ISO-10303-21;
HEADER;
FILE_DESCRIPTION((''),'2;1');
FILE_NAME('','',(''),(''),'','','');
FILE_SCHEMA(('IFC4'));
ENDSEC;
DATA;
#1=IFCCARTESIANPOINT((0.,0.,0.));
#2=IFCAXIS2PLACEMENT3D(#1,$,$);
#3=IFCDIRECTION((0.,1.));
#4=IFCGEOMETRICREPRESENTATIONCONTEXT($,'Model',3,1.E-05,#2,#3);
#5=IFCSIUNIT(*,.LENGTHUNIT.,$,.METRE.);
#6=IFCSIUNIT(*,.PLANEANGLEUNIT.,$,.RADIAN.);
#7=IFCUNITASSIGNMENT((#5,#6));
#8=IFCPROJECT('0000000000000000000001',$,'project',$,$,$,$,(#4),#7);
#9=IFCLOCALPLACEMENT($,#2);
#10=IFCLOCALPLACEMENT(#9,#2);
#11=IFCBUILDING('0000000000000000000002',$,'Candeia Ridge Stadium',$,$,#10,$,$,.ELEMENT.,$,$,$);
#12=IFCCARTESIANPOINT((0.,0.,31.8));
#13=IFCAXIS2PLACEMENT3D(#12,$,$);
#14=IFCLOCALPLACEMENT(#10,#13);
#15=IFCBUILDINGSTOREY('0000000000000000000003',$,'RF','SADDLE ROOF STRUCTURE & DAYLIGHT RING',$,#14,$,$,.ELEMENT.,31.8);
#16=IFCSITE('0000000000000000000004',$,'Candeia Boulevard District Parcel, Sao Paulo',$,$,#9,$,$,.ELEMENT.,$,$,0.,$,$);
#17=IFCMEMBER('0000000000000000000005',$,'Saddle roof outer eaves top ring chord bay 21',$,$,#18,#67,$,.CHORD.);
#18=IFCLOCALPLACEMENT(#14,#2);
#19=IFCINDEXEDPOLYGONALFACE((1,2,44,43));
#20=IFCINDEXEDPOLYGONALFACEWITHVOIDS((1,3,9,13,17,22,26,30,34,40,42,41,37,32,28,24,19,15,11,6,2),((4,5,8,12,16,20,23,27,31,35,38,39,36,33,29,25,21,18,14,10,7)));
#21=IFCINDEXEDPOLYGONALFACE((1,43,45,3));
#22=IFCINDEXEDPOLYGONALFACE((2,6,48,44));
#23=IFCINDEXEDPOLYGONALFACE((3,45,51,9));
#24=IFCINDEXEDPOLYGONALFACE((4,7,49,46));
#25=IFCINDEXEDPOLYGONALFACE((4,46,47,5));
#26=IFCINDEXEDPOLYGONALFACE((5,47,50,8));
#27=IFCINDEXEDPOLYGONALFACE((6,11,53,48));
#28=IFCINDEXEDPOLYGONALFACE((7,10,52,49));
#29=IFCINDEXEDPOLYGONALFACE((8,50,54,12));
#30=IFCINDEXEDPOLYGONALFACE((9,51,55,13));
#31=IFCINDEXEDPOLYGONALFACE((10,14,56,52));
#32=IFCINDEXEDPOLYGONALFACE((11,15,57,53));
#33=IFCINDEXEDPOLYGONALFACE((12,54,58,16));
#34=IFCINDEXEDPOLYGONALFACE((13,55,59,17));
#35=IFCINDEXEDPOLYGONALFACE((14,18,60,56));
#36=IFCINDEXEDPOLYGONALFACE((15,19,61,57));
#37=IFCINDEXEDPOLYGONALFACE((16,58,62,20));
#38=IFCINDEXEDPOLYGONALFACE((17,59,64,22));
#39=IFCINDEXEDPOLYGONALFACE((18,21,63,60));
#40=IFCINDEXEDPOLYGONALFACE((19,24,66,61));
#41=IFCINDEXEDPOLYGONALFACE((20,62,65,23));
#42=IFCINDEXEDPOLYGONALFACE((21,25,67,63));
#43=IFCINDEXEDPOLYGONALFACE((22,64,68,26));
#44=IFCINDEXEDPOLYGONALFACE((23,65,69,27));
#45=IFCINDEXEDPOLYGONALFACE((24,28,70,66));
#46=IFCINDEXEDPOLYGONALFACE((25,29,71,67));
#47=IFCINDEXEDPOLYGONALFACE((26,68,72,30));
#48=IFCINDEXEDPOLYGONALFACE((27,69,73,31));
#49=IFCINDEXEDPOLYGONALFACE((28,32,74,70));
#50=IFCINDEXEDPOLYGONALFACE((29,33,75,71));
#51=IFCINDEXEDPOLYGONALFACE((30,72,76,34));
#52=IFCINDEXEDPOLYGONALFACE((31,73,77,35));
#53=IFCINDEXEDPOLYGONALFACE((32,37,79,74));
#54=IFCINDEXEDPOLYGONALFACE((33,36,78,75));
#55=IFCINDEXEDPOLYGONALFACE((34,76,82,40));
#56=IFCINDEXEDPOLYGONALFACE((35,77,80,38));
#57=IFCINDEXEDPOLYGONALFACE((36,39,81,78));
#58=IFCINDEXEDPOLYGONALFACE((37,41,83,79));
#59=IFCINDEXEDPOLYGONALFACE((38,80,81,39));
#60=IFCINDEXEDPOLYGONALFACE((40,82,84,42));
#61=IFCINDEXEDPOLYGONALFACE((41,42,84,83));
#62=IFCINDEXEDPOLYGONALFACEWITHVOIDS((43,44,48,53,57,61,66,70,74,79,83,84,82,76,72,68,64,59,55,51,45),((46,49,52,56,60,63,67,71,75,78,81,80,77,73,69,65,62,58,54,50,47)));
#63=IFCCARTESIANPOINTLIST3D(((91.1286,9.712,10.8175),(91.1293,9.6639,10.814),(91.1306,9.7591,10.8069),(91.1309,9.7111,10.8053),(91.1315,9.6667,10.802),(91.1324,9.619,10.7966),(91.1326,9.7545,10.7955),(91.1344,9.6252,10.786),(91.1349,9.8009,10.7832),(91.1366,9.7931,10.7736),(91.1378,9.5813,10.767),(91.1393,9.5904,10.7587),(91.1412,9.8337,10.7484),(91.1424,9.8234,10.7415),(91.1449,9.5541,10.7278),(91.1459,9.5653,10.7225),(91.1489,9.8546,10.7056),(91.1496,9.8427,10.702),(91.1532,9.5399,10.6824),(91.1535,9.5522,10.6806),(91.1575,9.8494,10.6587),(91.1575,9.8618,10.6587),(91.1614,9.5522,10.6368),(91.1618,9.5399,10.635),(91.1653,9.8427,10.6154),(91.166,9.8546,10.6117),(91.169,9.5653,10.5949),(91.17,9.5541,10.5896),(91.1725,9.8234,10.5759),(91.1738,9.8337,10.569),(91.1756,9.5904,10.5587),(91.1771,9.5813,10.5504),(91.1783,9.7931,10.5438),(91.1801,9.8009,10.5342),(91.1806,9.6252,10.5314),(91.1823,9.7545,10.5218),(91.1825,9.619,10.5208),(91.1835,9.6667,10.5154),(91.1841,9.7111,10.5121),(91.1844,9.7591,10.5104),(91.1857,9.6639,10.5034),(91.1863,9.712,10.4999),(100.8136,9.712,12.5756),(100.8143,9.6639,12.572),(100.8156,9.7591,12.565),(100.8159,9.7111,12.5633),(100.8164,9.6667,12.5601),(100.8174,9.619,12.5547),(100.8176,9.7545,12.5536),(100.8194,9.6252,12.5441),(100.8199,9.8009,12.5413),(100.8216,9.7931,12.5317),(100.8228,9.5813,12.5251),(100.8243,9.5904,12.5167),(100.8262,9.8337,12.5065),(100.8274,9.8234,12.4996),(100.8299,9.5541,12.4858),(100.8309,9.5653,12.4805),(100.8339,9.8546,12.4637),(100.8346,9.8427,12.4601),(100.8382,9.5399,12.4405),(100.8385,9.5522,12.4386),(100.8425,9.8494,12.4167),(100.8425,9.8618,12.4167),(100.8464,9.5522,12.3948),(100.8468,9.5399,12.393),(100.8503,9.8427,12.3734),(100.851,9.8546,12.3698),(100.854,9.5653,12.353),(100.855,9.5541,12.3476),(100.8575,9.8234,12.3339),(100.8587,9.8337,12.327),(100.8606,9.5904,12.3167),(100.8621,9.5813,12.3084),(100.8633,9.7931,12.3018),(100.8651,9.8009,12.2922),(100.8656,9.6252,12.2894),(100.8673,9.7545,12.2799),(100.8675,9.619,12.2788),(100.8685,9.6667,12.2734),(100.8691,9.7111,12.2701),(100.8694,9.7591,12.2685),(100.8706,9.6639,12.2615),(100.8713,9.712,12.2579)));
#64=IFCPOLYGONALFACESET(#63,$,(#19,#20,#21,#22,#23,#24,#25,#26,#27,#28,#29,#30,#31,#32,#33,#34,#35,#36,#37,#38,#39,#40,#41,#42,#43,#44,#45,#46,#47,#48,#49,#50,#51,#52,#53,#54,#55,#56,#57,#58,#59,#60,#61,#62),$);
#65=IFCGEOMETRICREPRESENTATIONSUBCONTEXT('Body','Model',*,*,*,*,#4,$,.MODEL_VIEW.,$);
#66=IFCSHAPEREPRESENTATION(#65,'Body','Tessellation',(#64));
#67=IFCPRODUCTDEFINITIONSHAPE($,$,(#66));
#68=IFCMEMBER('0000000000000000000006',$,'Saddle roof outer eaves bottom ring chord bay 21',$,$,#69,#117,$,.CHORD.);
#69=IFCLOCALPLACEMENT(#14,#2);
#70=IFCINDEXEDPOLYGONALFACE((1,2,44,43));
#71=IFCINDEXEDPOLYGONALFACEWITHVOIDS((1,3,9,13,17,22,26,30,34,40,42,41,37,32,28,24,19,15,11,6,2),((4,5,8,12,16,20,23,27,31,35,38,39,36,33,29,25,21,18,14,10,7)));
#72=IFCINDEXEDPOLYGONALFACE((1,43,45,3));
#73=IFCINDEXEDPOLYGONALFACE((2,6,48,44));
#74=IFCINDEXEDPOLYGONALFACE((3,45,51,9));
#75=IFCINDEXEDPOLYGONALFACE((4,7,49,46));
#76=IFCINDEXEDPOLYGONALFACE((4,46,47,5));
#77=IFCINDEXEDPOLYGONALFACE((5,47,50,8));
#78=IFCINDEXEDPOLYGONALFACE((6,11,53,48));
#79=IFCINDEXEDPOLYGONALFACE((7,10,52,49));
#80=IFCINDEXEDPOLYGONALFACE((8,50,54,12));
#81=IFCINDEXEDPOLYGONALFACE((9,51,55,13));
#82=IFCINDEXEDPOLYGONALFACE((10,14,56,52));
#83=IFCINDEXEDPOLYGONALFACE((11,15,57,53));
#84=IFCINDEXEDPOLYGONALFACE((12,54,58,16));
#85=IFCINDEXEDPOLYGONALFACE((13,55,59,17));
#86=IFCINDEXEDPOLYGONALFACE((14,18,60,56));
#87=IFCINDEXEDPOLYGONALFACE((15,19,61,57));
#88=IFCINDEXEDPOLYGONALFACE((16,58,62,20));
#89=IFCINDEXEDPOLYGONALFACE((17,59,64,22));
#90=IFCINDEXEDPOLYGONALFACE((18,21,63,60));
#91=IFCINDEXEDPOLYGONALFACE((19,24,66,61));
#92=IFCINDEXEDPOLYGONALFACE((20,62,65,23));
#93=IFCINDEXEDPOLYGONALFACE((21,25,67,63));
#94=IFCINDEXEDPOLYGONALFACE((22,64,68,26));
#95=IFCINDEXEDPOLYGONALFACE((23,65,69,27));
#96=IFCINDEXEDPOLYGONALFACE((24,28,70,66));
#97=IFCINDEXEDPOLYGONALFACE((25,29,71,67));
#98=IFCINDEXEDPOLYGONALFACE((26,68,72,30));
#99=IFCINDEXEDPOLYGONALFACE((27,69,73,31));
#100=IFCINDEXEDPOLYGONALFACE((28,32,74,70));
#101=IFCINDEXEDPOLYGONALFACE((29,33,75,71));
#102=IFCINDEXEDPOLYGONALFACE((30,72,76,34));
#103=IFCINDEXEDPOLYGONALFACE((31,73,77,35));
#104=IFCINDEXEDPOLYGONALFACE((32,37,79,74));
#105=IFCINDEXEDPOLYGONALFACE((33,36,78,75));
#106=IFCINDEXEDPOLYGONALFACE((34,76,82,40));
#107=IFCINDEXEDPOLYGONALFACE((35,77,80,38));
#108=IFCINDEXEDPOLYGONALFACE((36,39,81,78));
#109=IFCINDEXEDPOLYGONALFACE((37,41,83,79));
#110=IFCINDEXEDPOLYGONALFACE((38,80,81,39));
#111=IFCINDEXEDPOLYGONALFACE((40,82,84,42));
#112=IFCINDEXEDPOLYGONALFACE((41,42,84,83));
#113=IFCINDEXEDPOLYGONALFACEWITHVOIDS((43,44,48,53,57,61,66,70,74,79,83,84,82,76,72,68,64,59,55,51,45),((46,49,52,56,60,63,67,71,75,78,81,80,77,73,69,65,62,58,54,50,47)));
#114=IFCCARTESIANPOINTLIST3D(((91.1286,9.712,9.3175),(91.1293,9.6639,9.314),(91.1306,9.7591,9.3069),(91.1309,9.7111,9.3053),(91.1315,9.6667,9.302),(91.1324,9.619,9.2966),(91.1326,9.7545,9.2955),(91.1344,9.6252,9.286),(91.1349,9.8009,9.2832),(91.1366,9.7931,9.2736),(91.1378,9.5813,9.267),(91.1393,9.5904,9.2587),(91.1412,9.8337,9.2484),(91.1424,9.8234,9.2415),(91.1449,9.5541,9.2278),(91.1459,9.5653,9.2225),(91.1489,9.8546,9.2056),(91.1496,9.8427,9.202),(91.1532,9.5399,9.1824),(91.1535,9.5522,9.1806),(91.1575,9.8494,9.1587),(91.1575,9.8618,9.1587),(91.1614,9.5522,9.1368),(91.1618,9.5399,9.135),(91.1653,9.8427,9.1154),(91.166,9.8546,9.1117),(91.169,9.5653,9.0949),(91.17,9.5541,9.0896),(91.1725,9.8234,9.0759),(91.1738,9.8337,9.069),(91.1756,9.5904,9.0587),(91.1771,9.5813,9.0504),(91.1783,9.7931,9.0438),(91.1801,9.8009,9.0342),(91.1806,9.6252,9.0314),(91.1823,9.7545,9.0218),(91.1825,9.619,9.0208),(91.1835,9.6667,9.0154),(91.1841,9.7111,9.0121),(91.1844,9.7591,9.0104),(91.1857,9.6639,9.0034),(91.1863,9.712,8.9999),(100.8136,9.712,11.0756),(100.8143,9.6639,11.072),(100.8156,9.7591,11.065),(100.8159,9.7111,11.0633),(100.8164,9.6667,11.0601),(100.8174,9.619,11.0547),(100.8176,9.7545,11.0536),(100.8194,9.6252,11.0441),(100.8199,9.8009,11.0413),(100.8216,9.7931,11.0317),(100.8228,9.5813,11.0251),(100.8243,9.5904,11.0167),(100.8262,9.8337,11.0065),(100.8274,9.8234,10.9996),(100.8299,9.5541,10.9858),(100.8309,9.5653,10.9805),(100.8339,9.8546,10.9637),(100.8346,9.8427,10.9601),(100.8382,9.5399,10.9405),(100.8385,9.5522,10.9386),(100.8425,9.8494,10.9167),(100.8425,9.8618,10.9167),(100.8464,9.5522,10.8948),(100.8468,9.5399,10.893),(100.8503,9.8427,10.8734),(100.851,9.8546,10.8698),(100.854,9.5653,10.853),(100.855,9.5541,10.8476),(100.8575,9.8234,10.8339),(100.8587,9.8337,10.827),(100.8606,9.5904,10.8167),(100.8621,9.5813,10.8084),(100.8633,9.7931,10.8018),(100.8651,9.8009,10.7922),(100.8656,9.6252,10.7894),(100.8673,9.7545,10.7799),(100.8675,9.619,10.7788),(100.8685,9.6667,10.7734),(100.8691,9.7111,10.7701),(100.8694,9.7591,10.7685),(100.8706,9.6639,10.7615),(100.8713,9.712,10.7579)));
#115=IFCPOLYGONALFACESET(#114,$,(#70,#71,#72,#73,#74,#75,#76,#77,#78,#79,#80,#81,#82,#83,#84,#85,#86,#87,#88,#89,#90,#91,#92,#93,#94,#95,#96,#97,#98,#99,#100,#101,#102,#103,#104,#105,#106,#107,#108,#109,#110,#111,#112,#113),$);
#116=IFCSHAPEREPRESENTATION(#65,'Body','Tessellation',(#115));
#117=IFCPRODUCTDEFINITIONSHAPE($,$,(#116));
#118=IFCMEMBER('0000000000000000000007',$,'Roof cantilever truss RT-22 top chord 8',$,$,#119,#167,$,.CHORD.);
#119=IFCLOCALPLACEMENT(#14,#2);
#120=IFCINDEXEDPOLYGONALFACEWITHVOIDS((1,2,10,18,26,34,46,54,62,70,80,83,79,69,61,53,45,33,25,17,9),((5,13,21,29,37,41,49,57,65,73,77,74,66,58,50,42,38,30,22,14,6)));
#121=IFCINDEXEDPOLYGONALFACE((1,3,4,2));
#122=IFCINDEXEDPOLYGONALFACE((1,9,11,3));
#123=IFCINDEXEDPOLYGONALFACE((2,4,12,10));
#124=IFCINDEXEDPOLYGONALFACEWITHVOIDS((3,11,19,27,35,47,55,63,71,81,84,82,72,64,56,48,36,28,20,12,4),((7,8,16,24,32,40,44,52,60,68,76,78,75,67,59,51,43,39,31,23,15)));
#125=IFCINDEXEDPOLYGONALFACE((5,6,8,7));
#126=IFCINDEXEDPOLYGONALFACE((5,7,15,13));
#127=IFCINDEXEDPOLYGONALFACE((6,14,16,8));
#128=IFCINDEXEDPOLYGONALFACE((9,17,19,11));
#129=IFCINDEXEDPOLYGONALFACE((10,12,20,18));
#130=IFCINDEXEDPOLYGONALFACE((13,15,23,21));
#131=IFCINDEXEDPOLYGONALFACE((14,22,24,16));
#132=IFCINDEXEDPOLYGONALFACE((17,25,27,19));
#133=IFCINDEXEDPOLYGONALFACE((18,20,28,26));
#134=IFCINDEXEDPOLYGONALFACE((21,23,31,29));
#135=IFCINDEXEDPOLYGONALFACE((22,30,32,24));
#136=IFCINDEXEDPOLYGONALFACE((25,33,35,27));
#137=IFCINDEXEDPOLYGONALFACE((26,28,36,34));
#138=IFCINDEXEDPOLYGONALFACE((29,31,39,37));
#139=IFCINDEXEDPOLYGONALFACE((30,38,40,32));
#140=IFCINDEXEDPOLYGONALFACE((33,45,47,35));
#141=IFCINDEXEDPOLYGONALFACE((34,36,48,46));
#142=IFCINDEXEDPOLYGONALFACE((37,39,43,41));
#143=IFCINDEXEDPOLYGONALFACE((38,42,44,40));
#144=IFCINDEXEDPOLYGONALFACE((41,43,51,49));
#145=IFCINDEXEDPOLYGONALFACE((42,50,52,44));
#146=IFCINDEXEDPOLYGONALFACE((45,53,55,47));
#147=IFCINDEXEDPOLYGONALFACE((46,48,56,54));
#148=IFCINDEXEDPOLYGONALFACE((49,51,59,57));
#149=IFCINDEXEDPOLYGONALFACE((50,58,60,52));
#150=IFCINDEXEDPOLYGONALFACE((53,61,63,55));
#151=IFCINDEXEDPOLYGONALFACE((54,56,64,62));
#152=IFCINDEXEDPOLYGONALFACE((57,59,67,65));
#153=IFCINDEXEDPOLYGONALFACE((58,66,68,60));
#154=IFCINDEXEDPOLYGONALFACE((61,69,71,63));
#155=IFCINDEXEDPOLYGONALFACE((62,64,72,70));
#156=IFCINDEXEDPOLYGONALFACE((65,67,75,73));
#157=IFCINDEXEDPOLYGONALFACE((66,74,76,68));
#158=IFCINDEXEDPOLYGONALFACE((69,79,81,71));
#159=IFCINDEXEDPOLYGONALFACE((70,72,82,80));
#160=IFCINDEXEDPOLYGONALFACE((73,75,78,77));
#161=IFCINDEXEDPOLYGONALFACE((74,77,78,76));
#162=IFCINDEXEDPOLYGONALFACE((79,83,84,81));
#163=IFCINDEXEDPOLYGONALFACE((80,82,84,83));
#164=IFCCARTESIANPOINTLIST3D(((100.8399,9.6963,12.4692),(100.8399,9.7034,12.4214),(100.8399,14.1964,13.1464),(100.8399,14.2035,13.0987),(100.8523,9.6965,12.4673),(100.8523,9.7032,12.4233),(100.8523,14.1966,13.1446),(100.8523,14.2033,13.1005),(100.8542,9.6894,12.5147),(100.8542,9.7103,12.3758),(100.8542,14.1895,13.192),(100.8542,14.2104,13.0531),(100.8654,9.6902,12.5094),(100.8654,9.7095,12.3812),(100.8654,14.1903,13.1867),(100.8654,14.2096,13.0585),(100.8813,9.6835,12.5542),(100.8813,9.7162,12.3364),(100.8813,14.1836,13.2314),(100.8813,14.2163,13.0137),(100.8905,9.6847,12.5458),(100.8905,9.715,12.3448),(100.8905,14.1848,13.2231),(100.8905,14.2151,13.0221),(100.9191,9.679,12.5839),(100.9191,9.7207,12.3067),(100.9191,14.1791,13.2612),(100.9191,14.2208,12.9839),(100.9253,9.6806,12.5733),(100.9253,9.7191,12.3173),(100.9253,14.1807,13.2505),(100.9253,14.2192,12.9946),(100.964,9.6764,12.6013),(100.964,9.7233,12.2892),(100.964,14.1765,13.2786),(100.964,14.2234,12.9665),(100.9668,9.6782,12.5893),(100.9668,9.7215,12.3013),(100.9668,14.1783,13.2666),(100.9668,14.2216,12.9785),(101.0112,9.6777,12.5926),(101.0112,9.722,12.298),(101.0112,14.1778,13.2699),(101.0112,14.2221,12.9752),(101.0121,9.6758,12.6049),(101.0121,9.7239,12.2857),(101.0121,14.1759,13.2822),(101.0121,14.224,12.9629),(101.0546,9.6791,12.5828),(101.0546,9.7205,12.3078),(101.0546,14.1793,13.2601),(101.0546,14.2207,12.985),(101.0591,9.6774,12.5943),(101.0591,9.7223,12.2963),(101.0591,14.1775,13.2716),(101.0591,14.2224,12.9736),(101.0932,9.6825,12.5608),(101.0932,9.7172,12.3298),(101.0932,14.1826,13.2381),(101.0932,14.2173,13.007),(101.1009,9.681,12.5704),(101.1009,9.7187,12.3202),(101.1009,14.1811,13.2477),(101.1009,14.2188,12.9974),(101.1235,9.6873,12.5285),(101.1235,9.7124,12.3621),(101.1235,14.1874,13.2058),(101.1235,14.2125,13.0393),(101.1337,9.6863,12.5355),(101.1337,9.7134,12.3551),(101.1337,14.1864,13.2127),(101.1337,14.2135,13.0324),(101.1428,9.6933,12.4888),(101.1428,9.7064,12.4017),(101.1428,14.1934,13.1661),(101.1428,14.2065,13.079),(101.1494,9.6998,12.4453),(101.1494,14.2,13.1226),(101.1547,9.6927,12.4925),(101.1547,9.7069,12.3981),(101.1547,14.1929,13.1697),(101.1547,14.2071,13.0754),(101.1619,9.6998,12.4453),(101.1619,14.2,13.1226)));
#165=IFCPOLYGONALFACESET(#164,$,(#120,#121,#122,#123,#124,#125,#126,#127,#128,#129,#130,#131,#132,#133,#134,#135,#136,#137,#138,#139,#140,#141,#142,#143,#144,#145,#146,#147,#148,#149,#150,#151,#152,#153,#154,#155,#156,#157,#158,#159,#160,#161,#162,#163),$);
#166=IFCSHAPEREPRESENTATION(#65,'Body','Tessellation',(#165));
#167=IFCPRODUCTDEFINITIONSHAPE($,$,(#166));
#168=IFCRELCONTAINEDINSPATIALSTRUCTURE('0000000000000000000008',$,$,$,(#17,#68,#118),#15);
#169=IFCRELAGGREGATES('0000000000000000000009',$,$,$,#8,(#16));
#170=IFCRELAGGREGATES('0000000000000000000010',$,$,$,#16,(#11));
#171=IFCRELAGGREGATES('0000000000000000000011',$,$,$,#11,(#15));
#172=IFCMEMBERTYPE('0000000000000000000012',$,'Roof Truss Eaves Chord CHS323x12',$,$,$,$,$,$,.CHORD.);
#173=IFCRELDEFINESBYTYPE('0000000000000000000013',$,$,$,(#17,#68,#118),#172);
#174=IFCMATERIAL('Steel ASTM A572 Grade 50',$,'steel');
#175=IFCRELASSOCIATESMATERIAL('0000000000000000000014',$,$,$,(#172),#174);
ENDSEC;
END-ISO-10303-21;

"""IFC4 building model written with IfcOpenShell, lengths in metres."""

from ifc_helpers import new_model, si_unit, direction, frame, origin, origin_2d, place, context, subcontext, project, spatial, hollow_circle, extrude, material, material_profile, profile_set, type_object, element, save


model = new_model("IFC4")

# Units and contexts
model_context = context("Model", 3, precision=1e-05, world=origin(), true_north=direction((0.0, 1.0)))
body_context = subcontext(model_context, "Body", "Model", "MODEL_VIEW")
ifc_project = project(units=[si_unit("LENGTHUNIT", "METRE"), si_unit("PLANEANGLEUNIT", "RADIAN")], contexts=[model_context])

# Site, building, storey
site_placement = place(None, origin())
site = spatial("IfcSite", under=ifc_project, at=site_placement, Name="Candeia Boulevard District Parcel, Sao Paulo", CompositionType="ELEMENT", RefElevation=0.0)
building_placement = place(site_placement, origin())
building = spatial("IfcBuilding", under=site, at=building_placement, Name="Candeia Ridge Stadium", CompositionType="ELEMENT")
storey_placement = place(building_placement, frame((0.0, 0.0, 31.8)))
storey = spatial("IfcBuildingStorey", under=building, at=storey_placement, Name="RF", Description="SADDLE ROOF STRUCTURE & DAYLIGHT RING", CompositionType="ELEMENT", Elevation=31.8)

# Shared definitions
ifc_material_1 = material(Name="Steel ASTM A572 Grade 50", Category="steel")

# Members
ifc_material_profile_1 = material_profile(ifc_material_1, hollow_circle(Radius=0.1619, WallThickness=0.0125, at=origin_2d()), Name="CHS323x12", Category="steel")
ifc_profile_set_1 = profile_set([ifc_material_profile_1], Name="Steel ASTM A572 Grade 50")
member_type_1 = type_object("IfcMemberType", Name="Roof Truss Eaves Chord CHS323x12", PredefinedType="CHORD", material=ifc_profile_set_1)
for number, where, z_axis, x_axis, name in (
    (1, (91.1575, 9.7, 10.6587), (0.983921, 0.0, 0.178604), (0.0, 1.0, 0.0), "Saddle roof outer eaves top ring chord bay 21"),
    (2, (91.1575, 9.7, 9.1587), (0.983921, 0.0, 0.178604), (0.0, 1.0, 0.0), "Saddle roof outer eaves bottom ring chord bay 21"),
):
    element("IfcMember", number, at=place(storey_placement, frame(where, z_axis=z_axis, x_axis=x_axis)), inside=storey, type_object=member_type_1, Name=name, PredefinedType="CHORD", context=body_context, shape_type="SweptSolid", body=[
        extrude(hollow_circle(Radius=0.1619, WallThickness=0.0125, at=origin_2d()), origin(), (0.0, 0.0, 1.0), 9.8433),
    ])
member_1_placement = place(storey_placement, frame((101.0, 14.2, 13.1226), z_axis=(0.0, -0.988864, -0.148823), x_axis=(1.0, 0.0, 0.0)))
element("IfcMember", 3, at=member_1_placement, inside=storey, type_object=member_type_1, Name="Roof cantilever truss RT-22 top chord 8", PredefinedType="CHORD", context=body_context, shape_type="SweptSolid", body=[
    extrude(hollow_circle(Radius=0.1619, WallThickness=0.0125, at=origin_2d()), origin(), (0.0, 0.0, 1.0), 4.5508),
])

save(model, "model.ifc")
